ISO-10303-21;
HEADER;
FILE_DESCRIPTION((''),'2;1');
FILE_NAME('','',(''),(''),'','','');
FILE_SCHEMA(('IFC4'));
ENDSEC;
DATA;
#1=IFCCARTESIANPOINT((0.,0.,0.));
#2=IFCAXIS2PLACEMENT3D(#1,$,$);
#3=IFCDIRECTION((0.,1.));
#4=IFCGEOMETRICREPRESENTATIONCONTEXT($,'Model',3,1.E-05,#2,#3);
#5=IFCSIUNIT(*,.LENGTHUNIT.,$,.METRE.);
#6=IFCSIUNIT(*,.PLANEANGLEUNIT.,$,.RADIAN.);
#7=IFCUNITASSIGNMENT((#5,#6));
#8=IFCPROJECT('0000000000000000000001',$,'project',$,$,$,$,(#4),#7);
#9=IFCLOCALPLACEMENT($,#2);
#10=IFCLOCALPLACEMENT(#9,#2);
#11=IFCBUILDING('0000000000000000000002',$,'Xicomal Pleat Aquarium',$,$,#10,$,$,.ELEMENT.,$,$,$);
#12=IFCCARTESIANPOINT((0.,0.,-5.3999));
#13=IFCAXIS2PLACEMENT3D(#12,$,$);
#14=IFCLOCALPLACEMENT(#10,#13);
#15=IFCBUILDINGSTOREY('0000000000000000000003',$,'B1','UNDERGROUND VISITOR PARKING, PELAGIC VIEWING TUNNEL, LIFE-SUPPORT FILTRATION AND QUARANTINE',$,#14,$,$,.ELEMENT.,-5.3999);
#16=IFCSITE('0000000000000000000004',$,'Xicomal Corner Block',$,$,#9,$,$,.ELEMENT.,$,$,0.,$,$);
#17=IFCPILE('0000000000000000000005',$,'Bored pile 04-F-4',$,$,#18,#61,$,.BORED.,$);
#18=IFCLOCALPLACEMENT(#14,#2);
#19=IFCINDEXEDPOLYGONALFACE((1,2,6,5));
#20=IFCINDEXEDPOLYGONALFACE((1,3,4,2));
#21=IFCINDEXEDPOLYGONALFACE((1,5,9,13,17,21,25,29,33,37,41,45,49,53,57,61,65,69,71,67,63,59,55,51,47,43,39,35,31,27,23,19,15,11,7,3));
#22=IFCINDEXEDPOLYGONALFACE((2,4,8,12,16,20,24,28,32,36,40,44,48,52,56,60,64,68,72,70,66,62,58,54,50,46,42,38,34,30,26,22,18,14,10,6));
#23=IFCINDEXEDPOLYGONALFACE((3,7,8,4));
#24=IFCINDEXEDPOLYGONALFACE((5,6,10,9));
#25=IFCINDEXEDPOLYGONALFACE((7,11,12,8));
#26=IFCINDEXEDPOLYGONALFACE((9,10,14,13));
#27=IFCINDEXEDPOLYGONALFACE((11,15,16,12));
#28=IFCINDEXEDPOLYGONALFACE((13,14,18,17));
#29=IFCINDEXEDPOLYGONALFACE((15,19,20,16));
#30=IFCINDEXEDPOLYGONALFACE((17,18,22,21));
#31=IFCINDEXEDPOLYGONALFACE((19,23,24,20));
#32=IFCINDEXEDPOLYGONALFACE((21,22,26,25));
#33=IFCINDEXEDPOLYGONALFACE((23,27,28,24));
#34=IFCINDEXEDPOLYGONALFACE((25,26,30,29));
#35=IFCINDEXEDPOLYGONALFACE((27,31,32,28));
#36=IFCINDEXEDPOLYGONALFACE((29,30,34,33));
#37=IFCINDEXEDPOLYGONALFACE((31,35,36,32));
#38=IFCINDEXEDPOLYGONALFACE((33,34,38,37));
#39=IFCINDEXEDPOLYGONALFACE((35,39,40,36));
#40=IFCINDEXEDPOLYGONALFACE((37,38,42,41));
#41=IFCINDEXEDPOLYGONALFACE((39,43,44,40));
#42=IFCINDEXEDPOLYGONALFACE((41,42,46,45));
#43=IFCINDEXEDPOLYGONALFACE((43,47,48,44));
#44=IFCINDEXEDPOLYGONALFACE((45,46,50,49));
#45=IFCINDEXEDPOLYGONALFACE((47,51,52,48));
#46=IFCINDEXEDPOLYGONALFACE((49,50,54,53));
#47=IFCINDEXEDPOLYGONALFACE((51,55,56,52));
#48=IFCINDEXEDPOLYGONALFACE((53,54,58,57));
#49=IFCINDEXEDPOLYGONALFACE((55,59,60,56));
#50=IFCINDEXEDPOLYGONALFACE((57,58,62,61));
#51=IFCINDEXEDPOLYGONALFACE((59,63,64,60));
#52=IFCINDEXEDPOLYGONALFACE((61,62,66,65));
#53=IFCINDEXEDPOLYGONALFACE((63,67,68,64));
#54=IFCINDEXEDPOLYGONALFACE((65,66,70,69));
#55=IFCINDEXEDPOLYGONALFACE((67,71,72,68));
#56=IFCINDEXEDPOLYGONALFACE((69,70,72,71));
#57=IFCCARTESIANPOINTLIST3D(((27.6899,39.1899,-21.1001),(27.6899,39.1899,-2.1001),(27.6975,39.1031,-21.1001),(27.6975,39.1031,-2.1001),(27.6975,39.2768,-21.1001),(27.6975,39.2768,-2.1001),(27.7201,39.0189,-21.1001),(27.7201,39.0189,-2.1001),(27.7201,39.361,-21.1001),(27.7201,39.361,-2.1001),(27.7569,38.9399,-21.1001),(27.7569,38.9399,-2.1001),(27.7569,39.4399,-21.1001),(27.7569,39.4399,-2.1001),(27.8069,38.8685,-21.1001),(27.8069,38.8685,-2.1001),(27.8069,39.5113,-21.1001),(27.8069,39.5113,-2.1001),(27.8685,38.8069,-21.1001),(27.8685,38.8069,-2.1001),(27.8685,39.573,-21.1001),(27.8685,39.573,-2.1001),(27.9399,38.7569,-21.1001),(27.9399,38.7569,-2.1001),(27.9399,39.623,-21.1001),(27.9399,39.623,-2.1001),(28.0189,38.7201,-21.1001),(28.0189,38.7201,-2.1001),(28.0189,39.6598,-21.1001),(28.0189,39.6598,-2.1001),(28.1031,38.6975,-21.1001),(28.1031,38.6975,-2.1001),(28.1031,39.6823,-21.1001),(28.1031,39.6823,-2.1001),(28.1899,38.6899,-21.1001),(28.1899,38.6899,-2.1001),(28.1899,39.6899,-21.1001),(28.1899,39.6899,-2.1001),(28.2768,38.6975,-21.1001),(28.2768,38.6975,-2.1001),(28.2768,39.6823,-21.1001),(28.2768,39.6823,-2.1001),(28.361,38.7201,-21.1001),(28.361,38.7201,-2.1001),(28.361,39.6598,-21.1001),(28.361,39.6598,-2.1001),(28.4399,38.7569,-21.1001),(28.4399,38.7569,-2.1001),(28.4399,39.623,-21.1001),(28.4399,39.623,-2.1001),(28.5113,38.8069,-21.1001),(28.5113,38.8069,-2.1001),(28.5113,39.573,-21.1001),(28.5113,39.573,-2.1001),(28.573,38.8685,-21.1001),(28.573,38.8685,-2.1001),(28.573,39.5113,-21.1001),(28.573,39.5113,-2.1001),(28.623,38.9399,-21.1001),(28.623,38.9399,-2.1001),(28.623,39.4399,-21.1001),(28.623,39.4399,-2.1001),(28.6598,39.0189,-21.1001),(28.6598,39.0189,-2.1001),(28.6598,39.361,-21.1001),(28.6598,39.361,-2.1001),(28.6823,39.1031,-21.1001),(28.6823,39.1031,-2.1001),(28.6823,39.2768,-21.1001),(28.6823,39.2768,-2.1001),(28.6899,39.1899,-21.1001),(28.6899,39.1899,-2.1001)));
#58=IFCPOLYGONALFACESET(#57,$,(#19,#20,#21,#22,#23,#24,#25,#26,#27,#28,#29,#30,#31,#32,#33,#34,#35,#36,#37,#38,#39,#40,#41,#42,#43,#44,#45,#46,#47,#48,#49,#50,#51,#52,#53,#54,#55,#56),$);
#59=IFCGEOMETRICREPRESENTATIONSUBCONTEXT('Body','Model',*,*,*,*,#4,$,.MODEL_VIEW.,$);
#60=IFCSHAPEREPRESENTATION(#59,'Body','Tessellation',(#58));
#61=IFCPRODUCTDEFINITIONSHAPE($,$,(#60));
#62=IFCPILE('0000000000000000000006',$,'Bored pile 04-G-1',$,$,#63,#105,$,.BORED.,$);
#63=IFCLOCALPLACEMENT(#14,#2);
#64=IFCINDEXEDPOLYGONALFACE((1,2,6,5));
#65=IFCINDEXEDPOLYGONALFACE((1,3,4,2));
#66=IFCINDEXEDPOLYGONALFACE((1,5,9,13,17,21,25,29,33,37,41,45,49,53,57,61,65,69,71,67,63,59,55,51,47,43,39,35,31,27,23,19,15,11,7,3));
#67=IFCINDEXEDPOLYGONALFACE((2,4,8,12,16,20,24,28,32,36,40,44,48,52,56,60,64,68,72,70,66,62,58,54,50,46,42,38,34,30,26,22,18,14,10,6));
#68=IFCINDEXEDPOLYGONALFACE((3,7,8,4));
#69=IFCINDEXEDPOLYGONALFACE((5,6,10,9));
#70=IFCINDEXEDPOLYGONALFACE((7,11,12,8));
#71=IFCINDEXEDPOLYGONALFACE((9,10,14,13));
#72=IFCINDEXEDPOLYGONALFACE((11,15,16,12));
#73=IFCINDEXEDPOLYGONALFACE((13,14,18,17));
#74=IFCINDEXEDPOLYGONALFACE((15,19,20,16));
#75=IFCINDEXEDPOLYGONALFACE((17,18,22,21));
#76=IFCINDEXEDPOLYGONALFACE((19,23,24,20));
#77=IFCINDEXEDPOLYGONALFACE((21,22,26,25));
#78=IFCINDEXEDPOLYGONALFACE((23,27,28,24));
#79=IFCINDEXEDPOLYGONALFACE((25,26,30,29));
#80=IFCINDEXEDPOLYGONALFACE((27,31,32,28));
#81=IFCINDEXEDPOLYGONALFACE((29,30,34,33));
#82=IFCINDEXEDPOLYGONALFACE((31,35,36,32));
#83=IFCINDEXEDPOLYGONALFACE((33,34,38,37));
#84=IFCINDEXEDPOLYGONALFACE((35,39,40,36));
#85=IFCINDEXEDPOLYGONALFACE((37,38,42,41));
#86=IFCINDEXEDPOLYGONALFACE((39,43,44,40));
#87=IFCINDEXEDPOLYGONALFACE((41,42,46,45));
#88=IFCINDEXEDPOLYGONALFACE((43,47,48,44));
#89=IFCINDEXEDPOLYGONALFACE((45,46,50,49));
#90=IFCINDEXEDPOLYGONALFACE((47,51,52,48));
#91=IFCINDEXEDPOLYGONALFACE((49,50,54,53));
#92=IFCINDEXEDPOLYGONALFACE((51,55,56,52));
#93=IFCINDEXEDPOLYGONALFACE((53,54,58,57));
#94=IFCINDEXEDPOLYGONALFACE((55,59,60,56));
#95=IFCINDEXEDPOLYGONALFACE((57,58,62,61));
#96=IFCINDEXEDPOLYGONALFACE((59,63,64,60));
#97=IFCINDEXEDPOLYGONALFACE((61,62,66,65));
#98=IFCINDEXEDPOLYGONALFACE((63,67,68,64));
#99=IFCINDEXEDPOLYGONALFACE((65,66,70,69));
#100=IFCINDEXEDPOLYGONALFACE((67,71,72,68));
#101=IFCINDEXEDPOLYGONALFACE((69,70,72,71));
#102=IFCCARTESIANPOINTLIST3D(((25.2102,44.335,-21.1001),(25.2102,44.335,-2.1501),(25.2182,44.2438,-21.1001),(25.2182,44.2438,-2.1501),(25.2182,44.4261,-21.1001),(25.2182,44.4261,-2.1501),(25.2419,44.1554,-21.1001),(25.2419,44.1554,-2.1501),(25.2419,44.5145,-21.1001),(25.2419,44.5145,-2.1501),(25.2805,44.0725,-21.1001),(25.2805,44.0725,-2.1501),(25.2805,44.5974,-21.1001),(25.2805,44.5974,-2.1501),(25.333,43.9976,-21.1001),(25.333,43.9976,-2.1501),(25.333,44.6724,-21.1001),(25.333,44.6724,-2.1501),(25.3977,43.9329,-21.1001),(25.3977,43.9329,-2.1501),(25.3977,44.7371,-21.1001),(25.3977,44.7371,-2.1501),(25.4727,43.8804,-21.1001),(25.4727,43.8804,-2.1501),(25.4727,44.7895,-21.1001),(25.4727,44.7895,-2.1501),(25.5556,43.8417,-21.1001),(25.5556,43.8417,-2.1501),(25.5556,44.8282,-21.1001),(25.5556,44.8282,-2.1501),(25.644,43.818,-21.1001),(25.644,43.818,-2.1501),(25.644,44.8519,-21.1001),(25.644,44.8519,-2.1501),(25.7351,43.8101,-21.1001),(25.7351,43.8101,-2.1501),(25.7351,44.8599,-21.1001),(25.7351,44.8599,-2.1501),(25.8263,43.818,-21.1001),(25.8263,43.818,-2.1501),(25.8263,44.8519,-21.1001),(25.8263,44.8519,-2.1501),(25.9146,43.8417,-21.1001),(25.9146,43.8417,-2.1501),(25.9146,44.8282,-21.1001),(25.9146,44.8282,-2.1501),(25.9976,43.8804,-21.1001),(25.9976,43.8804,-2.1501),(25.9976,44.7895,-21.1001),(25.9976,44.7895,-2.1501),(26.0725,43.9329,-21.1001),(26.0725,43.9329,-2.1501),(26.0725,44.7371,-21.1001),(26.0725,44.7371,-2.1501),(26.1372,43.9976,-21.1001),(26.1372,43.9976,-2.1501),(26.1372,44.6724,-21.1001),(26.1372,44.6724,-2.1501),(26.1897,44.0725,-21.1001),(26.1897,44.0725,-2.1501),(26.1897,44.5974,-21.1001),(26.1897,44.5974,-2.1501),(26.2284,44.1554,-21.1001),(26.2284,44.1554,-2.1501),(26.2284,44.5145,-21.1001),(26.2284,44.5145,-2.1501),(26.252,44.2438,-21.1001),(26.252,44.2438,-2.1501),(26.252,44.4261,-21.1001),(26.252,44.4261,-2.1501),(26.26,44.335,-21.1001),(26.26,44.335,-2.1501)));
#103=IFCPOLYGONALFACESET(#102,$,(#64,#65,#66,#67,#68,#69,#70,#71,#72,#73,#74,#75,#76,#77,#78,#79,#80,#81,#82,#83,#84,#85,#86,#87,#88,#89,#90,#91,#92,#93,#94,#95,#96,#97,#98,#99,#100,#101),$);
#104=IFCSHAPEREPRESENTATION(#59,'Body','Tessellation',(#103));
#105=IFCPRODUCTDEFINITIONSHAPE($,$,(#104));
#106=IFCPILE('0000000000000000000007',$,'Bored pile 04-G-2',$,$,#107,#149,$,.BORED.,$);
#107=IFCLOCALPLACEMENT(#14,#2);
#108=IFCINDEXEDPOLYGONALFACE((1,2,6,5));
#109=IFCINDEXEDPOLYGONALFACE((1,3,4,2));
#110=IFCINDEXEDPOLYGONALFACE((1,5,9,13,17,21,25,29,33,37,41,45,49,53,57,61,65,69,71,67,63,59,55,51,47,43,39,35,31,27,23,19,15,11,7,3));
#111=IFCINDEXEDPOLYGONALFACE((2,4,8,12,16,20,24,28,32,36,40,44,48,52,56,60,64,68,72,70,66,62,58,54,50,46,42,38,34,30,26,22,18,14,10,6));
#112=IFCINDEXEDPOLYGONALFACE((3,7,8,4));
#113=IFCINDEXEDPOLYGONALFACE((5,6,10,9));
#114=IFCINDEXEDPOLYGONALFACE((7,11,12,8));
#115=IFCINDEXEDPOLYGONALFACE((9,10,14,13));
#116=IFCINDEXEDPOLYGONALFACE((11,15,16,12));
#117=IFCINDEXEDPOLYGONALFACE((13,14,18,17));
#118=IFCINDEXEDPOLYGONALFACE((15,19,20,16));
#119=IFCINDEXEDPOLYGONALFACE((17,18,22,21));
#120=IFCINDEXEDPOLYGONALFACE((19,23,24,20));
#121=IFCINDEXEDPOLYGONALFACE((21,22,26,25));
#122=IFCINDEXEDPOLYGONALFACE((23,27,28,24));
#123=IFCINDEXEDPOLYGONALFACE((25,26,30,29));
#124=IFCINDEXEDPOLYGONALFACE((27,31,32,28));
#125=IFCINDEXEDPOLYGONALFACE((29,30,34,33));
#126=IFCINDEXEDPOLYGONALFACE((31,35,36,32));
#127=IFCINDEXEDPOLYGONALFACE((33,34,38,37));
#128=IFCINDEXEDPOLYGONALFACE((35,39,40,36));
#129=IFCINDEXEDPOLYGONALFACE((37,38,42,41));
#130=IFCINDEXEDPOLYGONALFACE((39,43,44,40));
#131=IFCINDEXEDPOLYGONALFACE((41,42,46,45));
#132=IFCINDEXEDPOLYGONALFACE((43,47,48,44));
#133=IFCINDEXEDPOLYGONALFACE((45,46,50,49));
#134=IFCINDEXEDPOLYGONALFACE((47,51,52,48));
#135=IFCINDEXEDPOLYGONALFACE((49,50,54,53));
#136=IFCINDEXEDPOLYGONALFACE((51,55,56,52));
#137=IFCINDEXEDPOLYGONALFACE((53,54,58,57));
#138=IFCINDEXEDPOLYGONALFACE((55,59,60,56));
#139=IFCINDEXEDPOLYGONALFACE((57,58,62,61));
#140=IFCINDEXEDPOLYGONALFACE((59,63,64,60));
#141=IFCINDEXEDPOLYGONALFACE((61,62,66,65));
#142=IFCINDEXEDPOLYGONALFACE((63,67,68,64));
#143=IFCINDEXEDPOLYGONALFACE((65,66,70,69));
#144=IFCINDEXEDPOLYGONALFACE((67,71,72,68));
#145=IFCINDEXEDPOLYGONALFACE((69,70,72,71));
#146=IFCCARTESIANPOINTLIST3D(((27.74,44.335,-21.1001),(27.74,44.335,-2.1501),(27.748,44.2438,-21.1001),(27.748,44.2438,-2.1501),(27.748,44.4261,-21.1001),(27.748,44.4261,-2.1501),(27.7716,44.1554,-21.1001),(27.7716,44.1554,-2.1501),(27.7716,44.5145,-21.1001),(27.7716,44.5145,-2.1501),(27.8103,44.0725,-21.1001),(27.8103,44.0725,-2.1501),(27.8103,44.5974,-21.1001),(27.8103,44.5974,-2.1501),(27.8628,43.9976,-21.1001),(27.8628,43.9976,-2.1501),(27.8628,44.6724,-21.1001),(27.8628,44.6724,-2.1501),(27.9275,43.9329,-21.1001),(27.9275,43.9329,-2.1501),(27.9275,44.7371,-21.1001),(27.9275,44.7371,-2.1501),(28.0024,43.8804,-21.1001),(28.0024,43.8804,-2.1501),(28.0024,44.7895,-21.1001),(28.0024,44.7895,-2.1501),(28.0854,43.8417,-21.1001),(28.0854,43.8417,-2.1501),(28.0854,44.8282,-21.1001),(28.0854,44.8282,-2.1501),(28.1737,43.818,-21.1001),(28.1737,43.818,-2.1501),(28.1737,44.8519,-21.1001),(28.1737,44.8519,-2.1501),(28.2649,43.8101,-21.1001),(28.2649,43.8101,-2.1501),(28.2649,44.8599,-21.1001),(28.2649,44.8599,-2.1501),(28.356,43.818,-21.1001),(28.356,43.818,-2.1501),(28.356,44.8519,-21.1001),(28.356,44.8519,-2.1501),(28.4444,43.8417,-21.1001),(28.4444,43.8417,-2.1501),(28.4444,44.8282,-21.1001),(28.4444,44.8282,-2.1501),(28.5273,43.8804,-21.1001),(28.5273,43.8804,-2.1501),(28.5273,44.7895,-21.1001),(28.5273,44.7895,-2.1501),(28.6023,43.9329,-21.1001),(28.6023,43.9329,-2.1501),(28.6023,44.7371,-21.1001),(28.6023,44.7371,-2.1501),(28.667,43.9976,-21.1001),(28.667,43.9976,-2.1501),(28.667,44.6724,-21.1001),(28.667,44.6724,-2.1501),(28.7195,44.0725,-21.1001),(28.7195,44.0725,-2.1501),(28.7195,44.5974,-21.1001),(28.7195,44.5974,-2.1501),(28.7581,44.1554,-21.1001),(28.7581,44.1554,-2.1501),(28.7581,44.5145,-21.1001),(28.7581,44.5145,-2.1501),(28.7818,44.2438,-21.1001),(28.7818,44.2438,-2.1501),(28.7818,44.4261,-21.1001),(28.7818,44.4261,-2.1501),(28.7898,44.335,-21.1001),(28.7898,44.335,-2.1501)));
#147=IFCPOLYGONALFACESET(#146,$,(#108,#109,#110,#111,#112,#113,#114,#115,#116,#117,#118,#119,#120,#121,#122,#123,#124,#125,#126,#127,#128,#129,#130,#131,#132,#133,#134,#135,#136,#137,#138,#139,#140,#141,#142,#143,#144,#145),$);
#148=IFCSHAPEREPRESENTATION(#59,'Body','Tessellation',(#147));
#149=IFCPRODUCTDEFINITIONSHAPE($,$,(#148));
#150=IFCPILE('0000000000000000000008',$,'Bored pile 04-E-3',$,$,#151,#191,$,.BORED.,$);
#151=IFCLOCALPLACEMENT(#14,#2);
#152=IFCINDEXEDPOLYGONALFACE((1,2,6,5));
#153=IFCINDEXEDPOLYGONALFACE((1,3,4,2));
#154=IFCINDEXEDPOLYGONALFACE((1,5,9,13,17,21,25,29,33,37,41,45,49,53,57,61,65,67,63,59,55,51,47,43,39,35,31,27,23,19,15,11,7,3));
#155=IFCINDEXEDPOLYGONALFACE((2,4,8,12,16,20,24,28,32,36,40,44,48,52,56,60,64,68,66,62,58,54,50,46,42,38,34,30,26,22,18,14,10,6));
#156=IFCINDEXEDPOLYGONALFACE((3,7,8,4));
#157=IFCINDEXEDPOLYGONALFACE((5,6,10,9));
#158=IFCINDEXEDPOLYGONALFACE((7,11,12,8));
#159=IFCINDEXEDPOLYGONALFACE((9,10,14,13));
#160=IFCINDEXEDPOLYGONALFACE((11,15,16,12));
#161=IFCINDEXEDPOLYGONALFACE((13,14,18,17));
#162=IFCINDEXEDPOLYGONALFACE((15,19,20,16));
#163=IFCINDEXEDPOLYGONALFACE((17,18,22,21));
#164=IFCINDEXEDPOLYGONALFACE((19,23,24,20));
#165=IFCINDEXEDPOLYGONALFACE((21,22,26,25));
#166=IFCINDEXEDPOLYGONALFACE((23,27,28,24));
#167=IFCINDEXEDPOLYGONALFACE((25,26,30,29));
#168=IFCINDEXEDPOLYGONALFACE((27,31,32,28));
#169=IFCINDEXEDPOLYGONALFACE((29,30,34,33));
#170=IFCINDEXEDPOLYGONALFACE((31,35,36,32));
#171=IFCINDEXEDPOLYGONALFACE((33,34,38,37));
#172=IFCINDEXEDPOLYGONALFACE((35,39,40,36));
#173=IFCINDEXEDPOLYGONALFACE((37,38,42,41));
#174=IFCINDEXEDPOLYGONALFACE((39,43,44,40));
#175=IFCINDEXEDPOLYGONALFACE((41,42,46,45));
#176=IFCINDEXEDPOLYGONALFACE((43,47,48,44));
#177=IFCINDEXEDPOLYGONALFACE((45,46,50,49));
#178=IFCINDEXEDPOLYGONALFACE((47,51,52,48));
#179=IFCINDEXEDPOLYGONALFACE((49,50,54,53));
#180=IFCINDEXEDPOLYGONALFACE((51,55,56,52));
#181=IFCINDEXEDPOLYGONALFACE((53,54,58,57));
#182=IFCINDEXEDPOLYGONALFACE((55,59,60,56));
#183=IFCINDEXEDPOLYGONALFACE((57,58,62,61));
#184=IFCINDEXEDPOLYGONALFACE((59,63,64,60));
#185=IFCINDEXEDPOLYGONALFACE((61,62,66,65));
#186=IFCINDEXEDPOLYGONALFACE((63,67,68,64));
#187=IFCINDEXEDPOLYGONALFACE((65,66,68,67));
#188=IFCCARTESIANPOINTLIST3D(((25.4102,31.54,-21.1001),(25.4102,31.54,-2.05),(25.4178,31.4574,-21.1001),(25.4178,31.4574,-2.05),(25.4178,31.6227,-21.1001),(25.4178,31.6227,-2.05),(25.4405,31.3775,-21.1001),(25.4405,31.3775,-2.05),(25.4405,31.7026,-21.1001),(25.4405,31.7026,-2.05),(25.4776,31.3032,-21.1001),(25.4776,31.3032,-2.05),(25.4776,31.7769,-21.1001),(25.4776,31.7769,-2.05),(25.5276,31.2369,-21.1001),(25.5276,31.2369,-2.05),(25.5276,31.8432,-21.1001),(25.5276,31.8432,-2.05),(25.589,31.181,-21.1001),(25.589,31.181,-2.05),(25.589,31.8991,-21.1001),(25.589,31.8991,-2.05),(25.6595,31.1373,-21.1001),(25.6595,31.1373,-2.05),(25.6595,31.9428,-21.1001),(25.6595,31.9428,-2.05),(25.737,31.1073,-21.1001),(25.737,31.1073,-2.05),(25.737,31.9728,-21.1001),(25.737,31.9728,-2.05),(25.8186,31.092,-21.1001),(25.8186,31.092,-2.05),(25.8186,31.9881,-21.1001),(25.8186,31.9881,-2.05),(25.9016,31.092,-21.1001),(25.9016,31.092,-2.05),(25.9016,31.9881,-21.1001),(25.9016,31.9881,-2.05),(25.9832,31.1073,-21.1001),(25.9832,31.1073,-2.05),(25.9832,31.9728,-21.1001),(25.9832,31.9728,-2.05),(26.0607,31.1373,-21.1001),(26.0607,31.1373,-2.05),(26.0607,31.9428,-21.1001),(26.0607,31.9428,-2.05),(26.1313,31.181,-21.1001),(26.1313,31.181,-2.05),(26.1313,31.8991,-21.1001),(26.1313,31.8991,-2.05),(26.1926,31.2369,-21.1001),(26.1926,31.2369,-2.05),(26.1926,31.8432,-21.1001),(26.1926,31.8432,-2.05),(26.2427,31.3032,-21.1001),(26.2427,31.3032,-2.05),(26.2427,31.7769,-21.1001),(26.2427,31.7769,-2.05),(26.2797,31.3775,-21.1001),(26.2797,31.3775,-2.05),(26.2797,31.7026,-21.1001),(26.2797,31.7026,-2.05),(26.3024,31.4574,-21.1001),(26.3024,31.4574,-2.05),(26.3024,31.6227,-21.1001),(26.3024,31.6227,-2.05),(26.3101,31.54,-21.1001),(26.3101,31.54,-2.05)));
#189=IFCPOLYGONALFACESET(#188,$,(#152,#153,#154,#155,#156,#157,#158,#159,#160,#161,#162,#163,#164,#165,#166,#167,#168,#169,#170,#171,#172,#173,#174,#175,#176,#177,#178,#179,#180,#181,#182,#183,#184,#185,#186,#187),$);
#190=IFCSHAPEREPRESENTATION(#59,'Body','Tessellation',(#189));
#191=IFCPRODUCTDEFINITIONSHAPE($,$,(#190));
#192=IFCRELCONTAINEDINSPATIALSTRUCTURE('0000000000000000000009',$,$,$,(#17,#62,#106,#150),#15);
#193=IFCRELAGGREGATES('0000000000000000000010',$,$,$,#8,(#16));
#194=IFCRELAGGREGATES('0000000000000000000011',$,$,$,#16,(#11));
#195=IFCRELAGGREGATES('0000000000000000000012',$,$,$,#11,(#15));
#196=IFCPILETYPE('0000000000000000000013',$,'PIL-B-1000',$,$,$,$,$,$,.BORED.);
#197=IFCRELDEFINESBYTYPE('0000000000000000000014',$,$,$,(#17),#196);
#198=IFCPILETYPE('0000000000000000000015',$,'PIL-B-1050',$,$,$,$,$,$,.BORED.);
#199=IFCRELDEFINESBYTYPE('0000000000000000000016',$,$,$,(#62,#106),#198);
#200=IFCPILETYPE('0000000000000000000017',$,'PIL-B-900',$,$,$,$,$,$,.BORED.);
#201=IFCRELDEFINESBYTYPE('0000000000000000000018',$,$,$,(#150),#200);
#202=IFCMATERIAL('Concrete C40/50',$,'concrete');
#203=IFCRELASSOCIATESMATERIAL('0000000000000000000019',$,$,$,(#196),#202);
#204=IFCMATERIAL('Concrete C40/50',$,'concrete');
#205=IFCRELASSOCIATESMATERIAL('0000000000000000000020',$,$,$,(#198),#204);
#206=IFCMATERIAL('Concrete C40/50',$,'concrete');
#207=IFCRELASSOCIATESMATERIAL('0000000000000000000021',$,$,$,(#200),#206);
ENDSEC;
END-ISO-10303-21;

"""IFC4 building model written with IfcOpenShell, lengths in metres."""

from ifc_helpers import new_model, si_unit, direction, frame, origin, origin_2d, place, context, subcontext, project, spatial, circle, extrude, material, material_profile, profile_set, type_object, element, save


model = new_model("IFC4")

# Units and contexts
model_context = context("Model", 3, precision=1e-05, world=origin(), true_north=direction((0.0, 1.0)))
body_context = subcontext(model_context, "Body", "Model", "MODEL_VIEW")
ifc_project = project(units=[si_unit("LENGTHUNIT", "METRE"), si_unit("PLANEANGLEUNIT", "RADIAN")], contexts=[model_context])

# Site, building, storey
site_placement = place(None, origin())
site = spatial("IfcSite", under=ifc_project, at=site_placement, Name="Xicomal Corner Block", CompositionType="ELEMENT", RefElevation=0.0)
building_placement = place(site_placement, origin())
building = spatial("IfcBuilding", under=site, at=building_placement, Name="Xicomal Pleat Aquarium", CompositionType="ELEMENT")
storey_placement = place(building_placement, frame((0.0, 0.0, -5.3999)))
storey = spatial("IfcBuildingStorey", under=building, at=storey_placement, Name="B1", Description="UNDERGROUND VISITOR PARKING, PELAGIC VIEWING TUNNEL, LIFE-SUPPORT FILTRATION AND QUARANTINE", CompositionType="ELEMENT", Elevation=-5.3999)

# Piles
ifc_material_1 = material(Name="Concrete C40/50", Category="concrete")
ifc_material_profile_1 = material_profile(ifc_material_1, circle(Radius=0.5, at=origin_2d()), Name="BORED PILE D1000")
ifc_profile_set_1 = profile_set([ifc_material_profile_1], Name="Concrete C40/50")
pile_type_1 = type_object("IfcPileType", Name="PIL-B-1000", PredefinedType="BORED", material=ifc_profile_set_1)
for number, where, z_axis, x_axis, name in (
    (1, (28.1899, 39.1899, -2.1001), (0.0, 0.0, -1.0), (1.0, 0.0, 0.0), "Bored pile 04-F-4"),
):
    element("IfcPile", number, at=place(storey_placement, frame(where, z_axis=z_axis, x_axis=x_axis)), inside=storey, type_object=pile_type_1, Name=name, PredefinedType="BORED", context=body_context, shape_type="SweptSolid", body=[
        extrude(circle(Radius=0.5, at=origin_2d()), origin(), (0.0, 0.0, 1.0), 19.0),
    ])
ifc_material_2 = material(Name="Concrete C40/50", Category="concrete")
ifc_material_profile_2 = material_profile(ifc_material_2, circle(Radius=0.5249, at=origin_2d()), Name="BORED PILE D1050")
ifc_profile_set_2 = profile_set([ifc_material_profile_2], Name="Concrete C40/50")
pile_type_2 = type_object("IfcPileType", Name="PIL-B-1050", PredefinedType="BORED", material=ifc_profile_set_2)
for number, where, z_axis, x_axis, name in (
    (2, (25.7351, 44.335, -2.1501), (0.0, 0.0, -1.0), (1.0, 0.0, 0.0), "Bored pile 04-G-1"),
    (3, (28.2649, 44.335, -2.1501), (0.0, 0.0, -1.0), (1.0, 0.0, 0.0), "Bored pile 04-G-2"),
):
    element("IfcPile", number, at=place(storey_placement, frame(where, z_axis=z_axis, x_axis=x_axis)), inside=storey, type_object=pile_type_2, Name=name, PredefinedType="BORED", context=body_context, shape_type="SweptSolid", body=[
        extrude(circle(Radius=0.5249, at=origin_2d()), origin(), (0.0, 0.0, 1.0), 18.95),
    ])
ifc_material_3 = material(Name="Concrete C40/50", Category="concrete")
ifc_material_profile_3 = material_profile(ifc_material_3, circle(Radius=0.45, at=origin_2d()), Name="BORED PILE D900")
ifc_profile_set_3 = profile_set([ifc_material_profile_3], Name="Concrete C40/50")
pile_type_3 = type_object("IfcPileType", Name="PIL-B-900", PredefinedType="BORED", material=ifc_profile_set_3)
for number, where, z_axis, x_axis, name in (
    (4, (25.8601, 31.54, -2.05), (0.0, 0.0, -1.0), (1.0, 0.0, 0.0), "Bored pile 04-E-3"),
):
    element("IfcPile", number, at=place(storey_placement, frame(where, z_axis=z_axis, x_axis=x_axis)), inside=storey, type_object=pile_type_3, Name=name, PredefinedType="BORED", context=body_context, shape_type="SweptSolid", body=[
        extrude(circle(Radius=0.45, at=origin_2d()), origin(), (0.0, 0.0, 1.0), 19.05),
    ])

save(model, "model.ifc")
